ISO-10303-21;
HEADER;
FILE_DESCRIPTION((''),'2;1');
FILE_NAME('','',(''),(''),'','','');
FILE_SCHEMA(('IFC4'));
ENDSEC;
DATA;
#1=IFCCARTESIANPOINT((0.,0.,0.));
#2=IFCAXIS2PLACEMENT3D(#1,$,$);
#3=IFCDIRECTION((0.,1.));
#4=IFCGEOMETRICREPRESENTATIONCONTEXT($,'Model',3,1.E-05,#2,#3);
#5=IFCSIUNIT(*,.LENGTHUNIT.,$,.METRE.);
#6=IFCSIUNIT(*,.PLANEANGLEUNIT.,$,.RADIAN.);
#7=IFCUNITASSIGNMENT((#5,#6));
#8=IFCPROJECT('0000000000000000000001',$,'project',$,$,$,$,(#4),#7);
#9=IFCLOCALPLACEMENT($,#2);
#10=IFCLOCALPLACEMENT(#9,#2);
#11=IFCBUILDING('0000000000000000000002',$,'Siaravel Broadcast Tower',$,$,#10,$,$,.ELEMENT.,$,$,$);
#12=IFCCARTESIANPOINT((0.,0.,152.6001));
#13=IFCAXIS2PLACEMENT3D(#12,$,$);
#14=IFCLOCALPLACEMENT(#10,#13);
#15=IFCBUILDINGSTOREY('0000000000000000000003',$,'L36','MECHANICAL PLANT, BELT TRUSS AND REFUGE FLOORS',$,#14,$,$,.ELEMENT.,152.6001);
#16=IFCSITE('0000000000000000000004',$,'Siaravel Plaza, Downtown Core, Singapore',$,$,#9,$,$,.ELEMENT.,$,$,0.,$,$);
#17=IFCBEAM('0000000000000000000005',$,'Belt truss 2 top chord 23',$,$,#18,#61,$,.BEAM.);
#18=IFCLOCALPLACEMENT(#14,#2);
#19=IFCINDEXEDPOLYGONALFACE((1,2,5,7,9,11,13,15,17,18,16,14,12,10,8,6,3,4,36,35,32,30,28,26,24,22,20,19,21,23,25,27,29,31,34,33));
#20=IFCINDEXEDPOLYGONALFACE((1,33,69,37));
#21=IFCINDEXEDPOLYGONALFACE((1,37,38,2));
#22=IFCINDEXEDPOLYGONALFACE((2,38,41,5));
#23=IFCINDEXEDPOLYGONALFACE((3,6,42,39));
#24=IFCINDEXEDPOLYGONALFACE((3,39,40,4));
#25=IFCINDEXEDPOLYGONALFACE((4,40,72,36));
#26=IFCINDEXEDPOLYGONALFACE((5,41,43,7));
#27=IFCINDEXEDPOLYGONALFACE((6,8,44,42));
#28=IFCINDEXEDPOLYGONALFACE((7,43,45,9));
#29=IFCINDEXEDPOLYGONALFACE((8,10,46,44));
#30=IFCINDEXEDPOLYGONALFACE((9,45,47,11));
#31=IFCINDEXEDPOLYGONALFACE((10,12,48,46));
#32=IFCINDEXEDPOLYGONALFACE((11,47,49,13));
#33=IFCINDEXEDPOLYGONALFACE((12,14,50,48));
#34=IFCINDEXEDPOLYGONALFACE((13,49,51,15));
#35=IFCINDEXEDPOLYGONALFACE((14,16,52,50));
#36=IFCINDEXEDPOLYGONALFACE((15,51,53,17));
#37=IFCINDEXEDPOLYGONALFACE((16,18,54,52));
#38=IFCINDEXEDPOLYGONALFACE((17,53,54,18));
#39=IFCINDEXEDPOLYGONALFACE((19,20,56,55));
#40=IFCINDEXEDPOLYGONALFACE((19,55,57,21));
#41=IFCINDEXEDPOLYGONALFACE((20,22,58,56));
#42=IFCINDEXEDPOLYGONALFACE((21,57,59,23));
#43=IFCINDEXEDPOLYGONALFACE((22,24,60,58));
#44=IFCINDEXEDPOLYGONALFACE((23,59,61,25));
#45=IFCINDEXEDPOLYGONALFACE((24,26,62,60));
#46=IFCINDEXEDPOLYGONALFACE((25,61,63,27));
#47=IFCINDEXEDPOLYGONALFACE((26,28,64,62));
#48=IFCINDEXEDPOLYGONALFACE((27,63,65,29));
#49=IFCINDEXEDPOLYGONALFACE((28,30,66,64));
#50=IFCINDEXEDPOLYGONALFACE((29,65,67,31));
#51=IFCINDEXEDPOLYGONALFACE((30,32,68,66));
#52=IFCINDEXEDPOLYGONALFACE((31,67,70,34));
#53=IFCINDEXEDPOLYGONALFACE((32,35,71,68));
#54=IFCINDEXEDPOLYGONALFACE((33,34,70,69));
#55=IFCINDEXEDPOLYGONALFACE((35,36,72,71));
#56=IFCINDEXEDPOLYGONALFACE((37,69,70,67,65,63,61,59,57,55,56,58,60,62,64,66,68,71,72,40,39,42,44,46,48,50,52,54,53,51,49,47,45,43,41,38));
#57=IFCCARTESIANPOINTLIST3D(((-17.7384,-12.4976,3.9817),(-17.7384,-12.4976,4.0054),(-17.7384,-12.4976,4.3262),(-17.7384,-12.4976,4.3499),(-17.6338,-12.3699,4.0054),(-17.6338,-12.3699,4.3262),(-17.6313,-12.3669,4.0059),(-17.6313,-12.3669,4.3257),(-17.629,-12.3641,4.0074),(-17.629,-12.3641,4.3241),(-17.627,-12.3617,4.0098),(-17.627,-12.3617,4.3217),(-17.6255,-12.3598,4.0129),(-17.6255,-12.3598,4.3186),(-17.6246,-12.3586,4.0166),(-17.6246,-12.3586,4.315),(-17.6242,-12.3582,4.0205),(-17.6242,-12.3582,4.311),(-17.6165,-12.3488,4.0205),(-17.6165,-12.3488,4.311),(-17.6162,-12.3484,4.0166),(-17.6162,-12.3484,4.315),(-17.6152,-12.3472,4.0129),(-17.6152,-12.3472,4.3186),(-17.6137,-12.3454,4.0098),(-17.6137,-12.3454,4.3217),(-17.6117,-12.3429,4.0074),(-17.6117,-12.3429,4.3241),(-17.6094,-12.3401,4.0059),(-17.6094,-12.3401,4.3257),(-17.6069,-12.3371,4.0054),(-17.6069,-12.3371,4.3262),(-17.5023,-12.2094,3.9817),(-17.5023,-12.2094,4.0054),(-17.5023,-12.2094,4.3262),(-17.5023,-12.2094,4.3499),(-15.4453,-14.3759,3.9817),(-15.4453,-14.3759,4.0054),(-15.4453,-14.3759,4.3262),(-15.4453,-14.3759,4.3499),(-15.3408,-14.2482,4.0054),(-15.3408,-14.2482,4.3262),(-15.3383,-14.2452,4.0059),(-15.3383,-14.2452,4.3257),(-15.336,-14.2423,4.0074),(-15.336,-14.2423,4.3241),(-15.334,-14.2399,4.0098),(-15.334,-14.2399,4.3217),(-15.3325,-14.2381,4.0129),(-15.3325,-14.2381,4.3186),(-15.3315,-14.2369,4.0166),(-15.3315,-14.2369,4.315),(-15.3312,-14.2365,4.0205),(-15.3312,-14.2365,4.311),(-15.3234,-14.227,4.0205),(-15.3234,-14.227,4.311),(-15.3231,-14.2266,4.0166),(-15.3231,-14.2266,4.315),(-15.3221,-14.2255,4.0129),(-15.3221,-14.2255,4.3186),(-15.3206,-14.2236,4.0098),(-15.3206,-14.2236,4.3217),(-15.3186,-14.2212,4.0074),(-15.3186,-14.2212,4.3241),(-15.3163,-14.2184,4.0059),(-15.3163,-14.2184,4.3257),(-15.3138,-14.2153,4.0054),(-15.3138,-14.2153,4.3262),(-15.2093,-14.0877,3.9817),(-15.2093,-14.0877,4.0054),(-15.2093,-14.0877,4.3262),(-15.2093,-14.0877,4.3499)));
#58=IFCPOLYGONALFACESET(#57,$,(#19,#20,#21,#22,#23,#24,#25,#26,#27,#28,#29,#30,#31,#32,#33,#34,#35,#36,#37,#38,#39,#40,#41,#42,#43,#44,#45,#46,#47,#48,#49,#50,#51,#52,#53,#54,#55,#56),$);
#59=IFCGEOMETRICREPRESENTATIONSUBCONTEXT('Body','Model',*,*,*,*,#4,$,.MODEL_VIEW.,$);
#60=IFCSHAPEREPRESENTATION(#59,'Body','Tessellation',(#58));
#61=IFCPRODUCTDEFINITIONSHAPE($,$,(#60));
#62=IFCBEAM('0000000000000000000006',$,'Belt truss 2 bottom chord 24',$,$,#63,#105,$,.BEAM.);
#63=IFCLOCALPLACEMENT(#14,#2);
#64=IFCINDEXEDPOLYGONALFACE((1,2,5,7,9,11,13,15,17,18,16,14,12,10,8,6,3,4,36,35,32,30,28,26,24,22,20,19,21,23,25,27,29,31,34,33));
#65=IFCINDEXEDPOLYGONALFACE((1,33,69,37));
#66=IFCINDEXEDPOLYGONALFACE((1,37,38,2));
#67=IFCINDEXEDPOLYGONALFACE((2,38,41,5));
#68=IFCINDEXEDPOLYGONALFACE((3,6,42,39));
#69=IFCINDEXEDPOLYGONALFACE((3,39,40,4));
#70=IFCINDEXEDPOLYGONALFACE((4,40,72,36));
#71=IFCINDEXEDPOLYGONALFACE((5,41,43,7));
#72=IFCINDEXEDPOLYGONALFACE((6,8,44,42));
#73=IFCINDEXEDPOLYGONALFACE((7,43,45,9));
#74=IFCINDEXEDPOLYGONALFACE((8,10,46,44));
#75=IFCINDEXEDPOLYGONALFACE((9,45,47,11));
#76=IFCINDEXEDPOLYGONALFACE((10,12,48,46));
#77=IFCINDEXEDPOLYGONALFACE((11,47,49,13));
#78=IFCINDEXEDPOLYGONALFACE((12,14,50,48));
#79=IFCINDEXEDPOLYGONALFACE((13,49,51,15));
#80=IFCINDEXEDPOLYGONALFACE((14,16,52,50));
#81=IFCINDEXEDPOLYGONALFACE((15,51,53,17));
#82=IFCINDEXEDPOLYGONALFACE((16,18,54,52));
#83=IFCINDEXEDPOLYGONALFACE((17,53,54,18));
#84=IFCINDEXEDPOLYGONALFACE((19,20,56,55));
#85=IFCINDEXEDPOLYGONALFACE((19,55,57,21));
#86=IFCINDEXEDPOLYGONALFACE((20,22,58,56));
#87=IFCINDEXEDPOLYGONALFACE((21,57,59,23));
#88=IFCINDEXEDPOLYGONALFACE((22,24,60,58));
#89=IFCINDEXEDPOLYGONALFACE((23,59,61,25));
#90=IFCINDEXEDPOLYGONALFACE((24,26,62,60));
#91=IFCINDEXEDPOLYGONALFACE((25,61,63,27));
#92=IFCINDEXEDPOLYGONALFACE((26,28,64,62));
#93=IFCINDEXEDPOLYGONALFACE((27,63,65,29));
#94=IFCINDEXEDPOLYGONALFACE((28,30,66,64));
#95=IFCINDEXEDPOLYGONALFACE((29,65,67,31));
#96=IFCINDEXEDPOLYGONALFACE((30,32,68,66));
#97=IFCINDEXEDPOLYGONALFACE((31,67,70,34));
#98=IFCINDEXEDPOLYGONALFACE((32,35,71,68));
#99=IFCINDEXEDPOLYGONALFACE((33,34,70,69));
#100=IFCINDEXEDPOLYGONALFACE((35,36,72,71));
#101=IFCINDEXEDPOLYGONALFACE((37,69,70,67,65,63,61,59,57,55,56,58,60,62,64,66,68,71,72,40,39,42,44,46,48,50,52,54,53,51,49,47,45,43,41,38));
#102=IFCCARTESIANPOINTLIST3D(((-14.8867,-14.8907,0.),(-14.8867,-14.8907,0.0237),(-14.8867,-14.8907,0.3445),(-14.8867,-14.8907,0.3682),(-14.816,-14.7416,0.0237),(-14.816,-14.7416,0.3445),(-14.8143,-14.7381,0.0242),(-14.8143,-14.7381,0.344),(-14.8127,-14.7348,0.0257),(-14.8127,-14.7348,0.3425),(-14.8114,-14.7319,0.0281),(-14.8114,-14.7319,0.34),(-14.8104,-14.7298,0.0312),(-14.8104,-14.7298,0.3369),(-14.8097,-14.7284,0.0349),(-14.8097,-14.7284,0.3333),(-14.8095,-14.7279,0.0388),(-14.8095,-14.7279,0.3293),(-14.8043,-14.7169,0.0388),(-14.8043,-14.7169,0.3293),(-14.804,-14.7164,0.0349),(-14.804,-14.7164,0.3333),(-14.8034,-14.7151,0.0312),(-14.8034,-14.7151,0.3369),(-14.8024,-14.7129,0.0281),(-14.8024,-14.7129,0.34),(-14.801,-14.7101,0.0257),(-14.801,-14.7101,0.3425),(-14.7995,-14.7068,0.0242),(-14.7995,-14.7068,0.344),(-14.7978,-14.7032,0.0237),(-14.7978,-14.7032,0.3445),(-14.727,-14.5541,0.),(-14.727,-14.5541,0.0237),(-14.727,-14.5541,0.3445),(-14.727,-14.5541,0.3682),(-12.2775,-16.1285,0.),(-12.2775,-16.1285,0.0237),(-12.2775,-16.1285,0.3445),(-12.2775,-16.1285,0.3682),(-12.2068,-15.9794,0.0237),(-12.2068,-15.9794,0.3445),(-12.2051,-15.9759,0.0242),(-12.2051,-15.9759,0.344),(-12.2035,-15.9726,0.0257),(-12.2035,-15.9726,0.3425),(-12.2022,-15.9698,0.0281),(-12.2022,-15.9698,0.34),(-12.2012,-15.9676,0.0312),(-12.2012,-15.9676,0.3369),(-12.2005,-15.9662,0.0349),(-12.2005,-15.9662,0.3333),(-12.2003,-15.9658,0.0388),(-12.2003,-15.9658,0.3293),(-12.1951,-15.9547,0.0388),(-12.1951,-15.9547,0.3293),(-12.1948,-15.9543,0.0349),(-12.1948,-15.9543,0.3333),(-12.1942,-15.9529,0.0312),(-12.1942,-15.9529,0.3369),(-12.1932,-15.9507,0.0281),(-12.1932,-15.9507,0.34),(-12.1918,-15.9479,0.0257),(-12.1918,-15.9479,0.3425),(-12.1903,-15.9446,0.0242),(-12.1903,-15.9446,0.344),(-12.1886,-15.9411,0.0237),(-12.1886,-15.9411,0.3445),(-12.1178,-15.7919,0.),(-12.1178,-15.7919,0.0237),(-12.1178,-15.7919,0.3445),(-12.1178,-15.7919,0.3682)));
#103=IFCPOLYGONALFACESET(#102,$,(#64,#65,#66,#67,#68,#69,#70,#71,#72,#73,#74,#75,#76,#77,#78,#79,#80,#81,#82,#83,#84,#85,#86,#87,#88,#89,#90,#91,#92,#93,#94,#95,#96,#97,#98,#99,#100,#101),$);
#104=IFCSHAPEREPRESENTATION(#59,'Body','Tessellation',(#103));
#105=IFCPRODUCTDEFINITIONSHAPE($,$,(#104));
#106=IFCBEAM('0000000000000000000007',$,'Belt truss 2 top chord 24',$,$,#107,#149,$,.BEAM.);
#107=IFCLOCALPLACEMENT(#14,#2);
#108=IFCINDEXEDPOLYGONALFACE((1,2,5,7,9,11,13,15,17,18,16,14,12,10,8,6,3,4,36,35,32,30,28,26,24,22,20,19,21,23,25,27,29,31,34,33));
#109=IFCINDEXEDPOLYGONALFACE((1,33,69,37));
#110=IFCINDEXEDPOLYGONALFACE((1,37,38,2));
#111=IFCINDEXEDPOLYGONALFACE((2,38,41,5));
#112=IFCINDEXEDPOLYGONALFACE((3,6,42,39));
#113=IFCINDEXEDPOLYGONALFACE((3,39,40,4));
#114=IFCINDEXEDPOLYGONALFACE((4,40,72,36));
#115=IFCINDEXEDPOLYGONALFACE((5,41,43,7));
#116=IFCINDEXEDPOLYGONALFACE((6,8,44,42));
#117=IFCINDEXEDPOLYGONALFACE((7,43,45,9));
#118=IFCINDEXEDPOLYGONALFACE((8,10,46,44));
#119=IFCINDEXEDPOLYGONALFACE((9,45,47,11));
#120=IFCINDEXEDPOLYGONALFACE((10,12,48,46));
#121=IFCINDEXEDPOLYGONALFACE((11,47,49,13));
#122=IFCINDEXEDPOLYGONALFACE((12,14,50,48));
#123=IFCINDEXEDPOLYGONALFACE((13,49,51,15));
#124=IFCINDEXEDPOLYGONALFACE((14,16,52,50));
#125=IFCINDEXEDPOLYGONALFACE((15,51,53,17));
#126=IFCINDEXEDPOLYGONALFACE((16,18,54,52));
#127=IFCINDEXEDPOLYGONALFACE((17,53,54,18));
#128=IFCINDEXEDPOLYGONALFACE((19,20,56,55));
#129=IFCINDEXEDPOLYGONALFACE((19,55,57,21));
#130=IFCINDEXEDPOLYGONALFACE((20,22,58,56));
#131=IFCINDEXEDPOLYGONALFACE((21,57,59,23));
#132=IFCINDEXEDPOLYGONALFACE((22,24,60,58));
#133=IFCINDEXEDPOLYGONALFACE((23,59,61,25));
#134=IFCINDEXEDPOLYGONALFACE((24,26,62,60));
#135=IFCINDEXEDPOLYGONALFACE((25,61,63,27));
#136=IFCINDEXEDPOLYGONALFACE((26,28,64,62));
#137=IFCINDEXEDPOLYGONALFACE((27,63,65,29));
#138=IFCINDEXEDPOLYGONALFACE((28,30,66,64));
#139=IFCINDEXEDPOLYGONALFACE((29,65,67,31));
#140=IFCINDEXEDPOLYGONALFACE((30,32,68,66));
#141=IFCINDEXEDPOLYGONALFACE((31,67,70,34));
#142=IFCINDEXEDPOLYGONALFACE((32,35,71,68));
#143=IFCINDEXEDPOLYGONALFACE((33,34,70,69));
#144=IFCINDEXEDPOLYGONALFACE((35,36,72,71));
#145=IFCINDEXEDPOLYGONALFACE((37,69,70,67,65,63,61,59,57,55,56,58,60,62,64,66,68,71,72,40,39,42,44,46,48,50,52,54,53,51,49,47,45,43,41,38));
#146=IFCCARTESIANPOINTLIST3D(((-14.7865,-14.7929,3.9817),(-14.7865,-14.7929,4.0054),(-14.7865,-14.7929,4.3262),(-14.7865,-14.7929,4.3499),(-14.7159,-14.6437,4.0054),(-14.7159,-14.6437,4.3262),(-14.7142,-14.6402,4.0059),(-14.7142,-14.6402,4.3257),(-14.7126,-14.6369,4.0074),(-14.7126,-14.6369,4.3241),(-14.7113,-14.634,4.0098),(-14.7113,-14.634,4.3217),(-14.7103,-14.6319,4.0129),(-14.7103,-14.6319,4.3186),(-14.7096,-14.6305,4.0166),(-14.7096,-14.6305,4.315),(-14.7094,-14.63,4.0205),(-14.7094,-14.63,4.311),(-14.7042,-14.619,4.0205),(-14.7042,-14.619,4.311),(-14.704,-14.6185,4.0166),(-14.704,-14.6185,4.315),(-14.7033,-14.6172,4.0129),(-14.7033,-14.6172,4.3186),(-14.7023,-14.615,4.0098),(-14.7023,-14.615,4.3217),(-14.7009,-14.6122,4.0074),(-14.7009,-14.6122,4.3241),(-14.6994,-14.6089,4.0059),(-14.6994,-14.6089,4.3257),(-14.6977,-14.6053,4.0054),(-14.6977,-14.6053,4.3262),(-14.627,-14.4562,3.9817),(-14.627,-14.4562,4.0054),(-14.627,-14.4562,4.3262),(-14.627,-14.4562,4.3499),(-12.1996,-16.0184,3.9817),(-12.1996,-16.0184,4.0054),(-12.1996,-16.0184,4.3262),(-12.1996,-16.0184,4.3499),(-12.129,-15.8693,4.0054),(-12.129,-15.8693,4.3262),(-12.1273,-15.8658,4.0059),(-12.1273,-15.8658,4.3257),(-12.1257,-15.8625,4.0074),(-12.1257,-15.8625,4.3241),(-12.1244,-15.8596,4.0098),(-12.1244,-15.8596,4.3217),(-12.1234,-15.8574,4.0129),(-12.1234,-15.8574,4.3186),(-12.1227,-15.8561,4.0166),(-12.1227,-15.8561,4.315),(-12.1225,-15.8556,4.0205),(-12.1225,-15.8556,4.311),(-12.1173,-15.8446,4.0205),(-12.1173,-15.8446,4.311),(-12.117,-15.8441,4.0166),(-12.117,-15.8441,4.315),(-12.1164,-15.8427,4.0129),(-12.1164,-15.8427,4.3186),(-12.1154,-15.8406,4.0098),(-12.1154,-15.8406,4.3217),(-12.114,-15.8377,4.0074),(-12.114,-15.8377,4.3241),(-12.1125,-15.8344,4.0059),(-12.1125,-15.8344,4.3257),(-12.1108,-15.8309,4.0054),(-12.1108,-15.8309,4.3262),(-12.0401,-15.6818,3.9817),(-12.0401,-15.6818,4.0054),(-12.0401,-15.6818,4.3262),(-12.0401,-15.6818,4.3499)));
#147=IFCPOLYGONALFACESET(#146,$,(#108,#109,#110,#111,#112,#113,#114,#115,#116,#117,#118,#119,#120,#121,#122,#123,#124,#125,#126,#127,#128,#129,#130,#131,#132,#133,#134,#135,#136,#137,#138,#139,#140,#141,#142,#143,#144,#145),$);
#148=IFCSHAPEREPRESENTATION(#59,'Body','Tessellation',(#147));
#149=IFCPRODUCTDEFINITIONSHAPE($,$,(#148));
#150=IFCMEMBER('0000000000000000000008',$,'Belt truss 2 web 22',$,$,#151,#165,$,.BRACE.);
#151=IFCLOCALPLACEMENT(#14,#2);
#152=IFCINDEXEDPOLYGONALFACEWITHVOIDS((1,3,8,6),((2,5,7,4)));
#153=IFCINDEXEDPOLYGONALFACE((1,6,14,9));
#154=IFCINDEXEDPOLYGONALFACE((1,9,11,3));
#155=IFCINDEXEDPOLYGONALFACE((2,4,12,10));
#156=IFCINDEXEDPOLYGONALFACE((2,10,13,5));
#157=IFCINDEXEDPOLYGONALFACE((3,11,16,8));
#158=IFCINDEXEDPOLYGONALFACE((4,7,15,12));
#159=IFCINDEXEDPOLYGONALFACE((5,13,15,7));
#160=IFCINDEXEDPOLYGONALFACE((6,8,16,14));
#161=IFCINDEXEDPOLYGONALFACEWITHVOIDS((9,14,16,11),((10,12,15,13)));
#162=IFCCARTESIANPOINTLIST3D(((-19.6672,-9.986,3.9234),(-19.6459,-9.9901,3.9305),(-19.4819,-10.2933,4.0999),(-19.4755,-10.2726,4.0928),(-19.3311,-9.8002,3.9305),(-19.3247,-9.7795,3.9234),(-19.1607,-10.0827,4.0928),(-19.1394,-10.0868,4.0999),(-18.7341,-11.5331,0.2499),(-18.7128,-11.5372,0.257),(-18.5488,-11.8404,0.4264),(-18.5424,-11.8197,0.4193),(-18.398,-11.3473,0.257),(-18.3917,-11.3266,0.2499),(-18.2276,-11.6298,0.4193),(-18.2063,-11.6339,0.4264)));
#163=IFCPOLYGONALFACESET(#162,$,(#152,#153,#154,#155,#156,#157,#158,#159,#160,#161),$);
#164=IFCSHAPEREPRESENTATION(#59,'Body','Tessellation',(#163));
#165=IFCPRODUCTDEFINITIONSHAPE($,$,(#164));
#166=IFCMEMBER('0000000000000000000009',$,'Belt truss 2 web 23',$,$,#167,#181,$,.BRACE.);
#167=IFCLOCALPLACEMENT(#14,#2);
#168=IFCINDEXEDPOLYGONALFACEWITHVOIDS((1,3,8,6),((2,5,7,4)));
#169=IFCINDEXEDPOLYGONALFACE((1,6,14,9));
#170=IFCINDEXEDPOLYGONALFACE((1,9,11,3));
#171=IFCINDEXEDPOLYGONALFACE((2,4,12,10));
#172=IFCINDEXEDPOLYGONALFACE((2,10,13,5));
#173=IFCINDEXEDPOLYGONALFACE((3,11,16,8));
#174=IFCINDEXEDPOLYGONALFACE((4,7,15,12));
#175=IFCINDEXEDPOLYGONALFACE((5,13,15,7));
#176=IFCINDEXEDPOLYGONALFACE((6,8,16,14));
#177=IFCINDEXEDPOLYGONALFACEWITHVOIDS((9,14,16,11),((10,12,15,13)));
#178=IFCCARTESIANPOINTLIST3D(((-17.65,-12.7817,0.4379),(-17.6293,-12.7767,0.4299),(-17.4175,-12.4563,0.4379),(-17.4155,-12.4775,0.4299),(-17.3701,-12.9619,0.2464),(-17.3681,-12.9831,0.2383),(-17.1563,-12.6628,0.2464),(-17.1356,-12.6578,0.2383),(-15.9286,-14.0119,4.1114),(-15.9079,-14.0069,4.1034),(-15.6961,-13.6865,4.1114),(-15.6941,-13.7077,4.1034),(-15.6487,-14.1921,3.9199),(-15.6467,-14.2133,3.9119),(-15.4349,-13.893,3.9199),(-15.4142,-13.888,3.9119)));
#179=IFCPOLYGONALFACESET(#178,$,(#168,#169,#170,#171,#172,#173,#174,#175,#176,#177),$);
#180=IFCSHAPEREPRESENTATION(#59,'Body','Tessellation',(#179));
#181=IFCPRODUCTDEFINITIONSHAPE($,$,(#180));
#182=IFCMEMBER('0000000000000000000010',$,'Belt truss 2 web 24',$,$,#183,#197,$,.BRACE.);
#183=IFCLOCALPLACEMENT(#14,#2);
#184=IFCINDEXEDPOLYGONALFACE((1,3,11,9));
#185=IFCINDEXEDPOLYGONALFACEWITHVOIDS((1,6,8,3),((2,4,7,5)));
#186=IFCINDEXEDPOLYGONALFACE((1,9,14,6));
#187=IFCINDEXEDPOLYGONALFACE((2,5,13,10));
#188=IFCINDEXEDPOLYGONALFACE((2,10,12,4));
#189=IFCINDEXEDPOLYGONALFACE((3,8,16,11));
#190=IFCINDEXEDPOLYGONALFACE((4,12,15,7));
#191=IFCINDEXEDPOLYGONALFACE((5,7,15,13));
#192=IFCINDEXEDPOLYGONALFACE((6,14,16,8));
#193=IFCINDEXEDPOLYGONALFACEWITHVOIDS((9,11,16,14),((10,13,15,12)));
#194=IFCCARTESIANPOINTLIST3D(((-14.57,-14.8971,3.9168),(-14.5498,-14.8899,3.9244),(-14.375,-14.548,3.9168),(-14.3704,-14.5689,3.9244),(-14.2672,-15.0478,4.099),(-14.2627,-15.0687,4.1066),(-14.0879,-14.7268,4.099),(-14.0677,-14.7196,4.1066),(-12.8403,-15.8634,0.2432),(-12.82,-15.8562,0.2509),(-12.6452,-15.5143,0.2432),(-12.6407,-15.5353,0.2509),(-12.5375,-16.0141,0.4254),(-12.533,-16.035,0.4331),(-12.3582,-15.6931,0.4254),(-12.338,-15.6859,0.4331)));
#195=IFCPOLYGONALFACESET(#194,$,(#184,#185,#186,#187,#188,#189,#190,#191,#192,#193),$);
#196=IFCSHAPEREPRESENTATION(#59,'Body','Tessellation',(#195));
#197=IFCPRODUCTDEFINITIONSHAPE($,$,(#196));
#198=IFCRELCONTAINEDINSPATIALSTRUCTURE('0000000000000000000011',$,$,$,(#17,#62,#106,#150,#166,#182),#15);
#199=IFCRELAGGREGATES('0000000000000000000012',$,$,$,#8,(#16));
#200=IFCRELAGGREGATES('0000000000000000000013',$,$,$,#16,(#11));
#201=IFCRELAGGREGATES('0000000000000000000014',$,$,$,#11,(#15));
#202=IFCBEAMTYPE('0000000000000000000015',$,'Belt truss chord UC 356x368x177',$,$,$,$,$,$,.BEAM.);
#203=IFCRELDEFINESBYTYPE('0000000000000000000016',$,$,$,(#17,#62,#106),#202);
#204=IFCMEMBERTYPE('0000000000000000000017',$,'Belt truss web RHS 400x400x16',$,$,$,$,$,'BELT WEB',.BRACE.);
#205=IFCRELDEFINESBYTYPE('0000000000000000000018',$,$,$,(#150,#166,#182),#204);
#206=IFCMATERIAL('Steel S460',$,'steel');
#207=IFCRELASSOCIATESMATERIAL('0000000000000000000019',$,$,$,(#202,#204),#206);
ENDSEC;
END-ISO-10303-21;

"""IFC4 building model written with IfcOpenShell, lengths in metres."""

from ifc_helpers import new_model, si_unit, direction, frame, origin, origin_2d, place, context, subcontext, project, spatial, hollow_rectangle, i_section, extrude, material, material_profile, profile_set, type_object, element, save


model = new_model("IFC4")

# Units and contexts
model_context = context("Model", 3, precision=1e-05, world=origin(), true_north=direction((0.0, 1.0)))
body_context = subcontext(model_context, "Body", "Model", "MODEL_VIEW")
ifc_project = project(units=[si_unit("LENGTHUNIT", "METRE"), si_unit("PLANEANGLEUNIT", "RADIAN")], contexts=[model_context])

# Site, building, storey
site_placement = place(None, origin())
site = spatial("IfcSite", under=ifc_project, at=site_placement, Name="Siaravel Plaza, Downtown Core, Singapore", CompositionType="ELEMENT", RefElevation=0.0)
building_placement = place(site_placement, origin())
building = spatial("IfcBuilding", under=site, at=building_placement, Name="Siaravel Broadcast Tower", CompositionType="ELEMENT")
storey_placement = place(building_placement, frame((0.0, 0.0, 152.6001)))
storey = spatial("IfcBuildingStorey", under=building, at=storey_placement, Name="L36", Description="MECHANICAL PLANT, BELT TRUSS AND REFUGE FLOORS", CompositionType="ELEMENT", Elevation=152.6001)

# Beams
ifc_material_1 = material(Name="Steel S460", Category="steel")
ifc_material_profile_1 = material_profile(ifc_material_1, i_section(OverallWidth=0.3726, OverallDepth=0.3682, WebThickness=0.0122, FlangeThickness=0.0237, FilletRadius=0.0151, at=origin_2d()))
ifc_profile_set_1 = profile_set([ifc_material_profile_1], Name="Steel S460")
beam_type_1 = type_object("IfcBeamType", Name="Belt truss chord UC 356x368x177", PredefinedType="BEAM", material=ifc_profile_set_1)
beam_1_placement = place(storey_placement, frame((-17.6204, -12.3535, 4.1658), z_axis=(0.773609, -0.633664, 0.0), x_axis=(0.633664, 0.773609, 0.0)))
element("IfcBeam", 1, at=beam_1_placement, inside=storey, type_object=beam_type_1, Name="Belt truss 2 top chord 23", PredefinedType="BEAM", context=body_context, shape_type="SweptSolid", body=[
    extrude(i_section(OverallWidth=0.3726, OverallDepth=0.3682, WebThickness=0.0122, FlangeThickness=0.0237, FilletRadius=0.0151, at=origin_2d()), origin(), (0.0, 0.0, 1.0), 2.9641),
])
beam_2_placement = place(storey_placement, frame((-14.8069, -14.7224, 0.1841), z_axis=(0.903485, -0.42862, 0.0), x_axis=(0.42862, 0.903485, 0.0)))
element("IfcBeam", 2, at=beam_2_placement, inside=storey, type_object=beam_type_1, Name="Belt truss 2 bottom chord 24", PredefinedType="BEAM", context=body_context, shape_type="SweptSolid", body=[
    extrude(i_section(OverallWidth=0.3726, OverallDepth=0.3682, WebThickness=0.0122, FlangeThickness=0.0237, FilletRadius=0.0151, at=origin_2d()), origin(), (0.0, 0.0, 1.0), 2.8879),
])
beam_3_placement = place(storey_placement, frame((-14.7068, -14.6245, 4.1658), z_axis=(0.90371, -0.428145, 0.0), x_axis=(0.428145, 0.90371, 0.0)))
element("IfcBeam", 3, at=beam_3_placement, inside=storey, type_object=beam_type_1, Name="Belt truss 2 top chord 24", PredefinedType="BEAM", context=body_context, shape_type="SweptSolid", body=[
    extrude(i_section(OverallWidth=0.3726, OverallDepth=0.3682, WebThickness=0.0122, FlangeThickness=0.0237, FilletRadius=0.0151, at=origin_2d()), origin(), (0.0, 0.0, 1.0), 2.8625),
])

# Members
ifc_material_profile_2 = material_profile(ifc_material_1, hollow_rectangle(XDim=0.3999, YDim=0.3999, WallThickness=0.0161, at=origin_2d()))
ifc_profile_set_2 = profile_set([ifc_material_profile_2], Name="Steel S460")
member_type_1 = type_object("IfcMemberType", Name="Belt truss web RHS 400x400x16", ElementType="BELT WEB", PredefinedType="BRACE", material=ifc_profile_set_2)
member_1_placement = place(storey_placement, frame((-18.4702, -11.5835, 0.3381), z_axis=(-0.227929, 0.377914, 0.897345), x_axis=(-0.85631, -0.516462, 0.0)))
element("IfcMember", 4, at=member_1_placement, inside=storey, type_object=member_type_1, Name="Belt truss 2 web 22", PredefinedType="BRACE", context=body_context, shape_type="SweptSolid", body=[
    extrude(hollow_rectangle(XDim=0.3999, YDim=0.3999, WallThickness=0.0161, at=origin_2d()), origin(), (0.0, 0.0, 1.0), 4.0938),
])
member_2_placement = place(storey_placement, frame((-17.3928, -12.7197, 0.3381), z_axis=(0.406062, -0.290192, 0.866546), x_axis=(0.581435, 0.813593, 0.0)))
element("IfcMember", 5, at=member_2_placement, inside=storey, type_object=member_type_1, Name="Belt truss 2 web 23", PredefinedType="BRACE", context=body_context, shape_type="SweptSolid", body=[
    extrude(hollow_rectangle(XDim=0.3999, YDim=0.3999, WallThickness=0.0161, at=origin_2d()), origin(), (0.0, 0.0, 1.0), 4.2393),
])
member_3_placement = place(storey_placement, frame((-12.5891, -15.7747, 0.3381), z_axis=(-0.414423, 0.231515, 0.880144), x_axis=(-0.487703, -0.87301, 0.0)))
element("IfcMember", 6, at=member_3_placement, inside=storey, type_object=member_type_1, Name="Belt truss 2 web 24", PredefinedType="BRACE", context=body_context, shape_type="SweptSolid", body=[
    extrude(hollow_rectangle(XDim=0.3999, YDim=0.3999, WallThickness=0.0161, at=origin_2d()), origin(), (0.0, 0.0, 1.0), 4.1738),
])

save(model, "model.ifc")
